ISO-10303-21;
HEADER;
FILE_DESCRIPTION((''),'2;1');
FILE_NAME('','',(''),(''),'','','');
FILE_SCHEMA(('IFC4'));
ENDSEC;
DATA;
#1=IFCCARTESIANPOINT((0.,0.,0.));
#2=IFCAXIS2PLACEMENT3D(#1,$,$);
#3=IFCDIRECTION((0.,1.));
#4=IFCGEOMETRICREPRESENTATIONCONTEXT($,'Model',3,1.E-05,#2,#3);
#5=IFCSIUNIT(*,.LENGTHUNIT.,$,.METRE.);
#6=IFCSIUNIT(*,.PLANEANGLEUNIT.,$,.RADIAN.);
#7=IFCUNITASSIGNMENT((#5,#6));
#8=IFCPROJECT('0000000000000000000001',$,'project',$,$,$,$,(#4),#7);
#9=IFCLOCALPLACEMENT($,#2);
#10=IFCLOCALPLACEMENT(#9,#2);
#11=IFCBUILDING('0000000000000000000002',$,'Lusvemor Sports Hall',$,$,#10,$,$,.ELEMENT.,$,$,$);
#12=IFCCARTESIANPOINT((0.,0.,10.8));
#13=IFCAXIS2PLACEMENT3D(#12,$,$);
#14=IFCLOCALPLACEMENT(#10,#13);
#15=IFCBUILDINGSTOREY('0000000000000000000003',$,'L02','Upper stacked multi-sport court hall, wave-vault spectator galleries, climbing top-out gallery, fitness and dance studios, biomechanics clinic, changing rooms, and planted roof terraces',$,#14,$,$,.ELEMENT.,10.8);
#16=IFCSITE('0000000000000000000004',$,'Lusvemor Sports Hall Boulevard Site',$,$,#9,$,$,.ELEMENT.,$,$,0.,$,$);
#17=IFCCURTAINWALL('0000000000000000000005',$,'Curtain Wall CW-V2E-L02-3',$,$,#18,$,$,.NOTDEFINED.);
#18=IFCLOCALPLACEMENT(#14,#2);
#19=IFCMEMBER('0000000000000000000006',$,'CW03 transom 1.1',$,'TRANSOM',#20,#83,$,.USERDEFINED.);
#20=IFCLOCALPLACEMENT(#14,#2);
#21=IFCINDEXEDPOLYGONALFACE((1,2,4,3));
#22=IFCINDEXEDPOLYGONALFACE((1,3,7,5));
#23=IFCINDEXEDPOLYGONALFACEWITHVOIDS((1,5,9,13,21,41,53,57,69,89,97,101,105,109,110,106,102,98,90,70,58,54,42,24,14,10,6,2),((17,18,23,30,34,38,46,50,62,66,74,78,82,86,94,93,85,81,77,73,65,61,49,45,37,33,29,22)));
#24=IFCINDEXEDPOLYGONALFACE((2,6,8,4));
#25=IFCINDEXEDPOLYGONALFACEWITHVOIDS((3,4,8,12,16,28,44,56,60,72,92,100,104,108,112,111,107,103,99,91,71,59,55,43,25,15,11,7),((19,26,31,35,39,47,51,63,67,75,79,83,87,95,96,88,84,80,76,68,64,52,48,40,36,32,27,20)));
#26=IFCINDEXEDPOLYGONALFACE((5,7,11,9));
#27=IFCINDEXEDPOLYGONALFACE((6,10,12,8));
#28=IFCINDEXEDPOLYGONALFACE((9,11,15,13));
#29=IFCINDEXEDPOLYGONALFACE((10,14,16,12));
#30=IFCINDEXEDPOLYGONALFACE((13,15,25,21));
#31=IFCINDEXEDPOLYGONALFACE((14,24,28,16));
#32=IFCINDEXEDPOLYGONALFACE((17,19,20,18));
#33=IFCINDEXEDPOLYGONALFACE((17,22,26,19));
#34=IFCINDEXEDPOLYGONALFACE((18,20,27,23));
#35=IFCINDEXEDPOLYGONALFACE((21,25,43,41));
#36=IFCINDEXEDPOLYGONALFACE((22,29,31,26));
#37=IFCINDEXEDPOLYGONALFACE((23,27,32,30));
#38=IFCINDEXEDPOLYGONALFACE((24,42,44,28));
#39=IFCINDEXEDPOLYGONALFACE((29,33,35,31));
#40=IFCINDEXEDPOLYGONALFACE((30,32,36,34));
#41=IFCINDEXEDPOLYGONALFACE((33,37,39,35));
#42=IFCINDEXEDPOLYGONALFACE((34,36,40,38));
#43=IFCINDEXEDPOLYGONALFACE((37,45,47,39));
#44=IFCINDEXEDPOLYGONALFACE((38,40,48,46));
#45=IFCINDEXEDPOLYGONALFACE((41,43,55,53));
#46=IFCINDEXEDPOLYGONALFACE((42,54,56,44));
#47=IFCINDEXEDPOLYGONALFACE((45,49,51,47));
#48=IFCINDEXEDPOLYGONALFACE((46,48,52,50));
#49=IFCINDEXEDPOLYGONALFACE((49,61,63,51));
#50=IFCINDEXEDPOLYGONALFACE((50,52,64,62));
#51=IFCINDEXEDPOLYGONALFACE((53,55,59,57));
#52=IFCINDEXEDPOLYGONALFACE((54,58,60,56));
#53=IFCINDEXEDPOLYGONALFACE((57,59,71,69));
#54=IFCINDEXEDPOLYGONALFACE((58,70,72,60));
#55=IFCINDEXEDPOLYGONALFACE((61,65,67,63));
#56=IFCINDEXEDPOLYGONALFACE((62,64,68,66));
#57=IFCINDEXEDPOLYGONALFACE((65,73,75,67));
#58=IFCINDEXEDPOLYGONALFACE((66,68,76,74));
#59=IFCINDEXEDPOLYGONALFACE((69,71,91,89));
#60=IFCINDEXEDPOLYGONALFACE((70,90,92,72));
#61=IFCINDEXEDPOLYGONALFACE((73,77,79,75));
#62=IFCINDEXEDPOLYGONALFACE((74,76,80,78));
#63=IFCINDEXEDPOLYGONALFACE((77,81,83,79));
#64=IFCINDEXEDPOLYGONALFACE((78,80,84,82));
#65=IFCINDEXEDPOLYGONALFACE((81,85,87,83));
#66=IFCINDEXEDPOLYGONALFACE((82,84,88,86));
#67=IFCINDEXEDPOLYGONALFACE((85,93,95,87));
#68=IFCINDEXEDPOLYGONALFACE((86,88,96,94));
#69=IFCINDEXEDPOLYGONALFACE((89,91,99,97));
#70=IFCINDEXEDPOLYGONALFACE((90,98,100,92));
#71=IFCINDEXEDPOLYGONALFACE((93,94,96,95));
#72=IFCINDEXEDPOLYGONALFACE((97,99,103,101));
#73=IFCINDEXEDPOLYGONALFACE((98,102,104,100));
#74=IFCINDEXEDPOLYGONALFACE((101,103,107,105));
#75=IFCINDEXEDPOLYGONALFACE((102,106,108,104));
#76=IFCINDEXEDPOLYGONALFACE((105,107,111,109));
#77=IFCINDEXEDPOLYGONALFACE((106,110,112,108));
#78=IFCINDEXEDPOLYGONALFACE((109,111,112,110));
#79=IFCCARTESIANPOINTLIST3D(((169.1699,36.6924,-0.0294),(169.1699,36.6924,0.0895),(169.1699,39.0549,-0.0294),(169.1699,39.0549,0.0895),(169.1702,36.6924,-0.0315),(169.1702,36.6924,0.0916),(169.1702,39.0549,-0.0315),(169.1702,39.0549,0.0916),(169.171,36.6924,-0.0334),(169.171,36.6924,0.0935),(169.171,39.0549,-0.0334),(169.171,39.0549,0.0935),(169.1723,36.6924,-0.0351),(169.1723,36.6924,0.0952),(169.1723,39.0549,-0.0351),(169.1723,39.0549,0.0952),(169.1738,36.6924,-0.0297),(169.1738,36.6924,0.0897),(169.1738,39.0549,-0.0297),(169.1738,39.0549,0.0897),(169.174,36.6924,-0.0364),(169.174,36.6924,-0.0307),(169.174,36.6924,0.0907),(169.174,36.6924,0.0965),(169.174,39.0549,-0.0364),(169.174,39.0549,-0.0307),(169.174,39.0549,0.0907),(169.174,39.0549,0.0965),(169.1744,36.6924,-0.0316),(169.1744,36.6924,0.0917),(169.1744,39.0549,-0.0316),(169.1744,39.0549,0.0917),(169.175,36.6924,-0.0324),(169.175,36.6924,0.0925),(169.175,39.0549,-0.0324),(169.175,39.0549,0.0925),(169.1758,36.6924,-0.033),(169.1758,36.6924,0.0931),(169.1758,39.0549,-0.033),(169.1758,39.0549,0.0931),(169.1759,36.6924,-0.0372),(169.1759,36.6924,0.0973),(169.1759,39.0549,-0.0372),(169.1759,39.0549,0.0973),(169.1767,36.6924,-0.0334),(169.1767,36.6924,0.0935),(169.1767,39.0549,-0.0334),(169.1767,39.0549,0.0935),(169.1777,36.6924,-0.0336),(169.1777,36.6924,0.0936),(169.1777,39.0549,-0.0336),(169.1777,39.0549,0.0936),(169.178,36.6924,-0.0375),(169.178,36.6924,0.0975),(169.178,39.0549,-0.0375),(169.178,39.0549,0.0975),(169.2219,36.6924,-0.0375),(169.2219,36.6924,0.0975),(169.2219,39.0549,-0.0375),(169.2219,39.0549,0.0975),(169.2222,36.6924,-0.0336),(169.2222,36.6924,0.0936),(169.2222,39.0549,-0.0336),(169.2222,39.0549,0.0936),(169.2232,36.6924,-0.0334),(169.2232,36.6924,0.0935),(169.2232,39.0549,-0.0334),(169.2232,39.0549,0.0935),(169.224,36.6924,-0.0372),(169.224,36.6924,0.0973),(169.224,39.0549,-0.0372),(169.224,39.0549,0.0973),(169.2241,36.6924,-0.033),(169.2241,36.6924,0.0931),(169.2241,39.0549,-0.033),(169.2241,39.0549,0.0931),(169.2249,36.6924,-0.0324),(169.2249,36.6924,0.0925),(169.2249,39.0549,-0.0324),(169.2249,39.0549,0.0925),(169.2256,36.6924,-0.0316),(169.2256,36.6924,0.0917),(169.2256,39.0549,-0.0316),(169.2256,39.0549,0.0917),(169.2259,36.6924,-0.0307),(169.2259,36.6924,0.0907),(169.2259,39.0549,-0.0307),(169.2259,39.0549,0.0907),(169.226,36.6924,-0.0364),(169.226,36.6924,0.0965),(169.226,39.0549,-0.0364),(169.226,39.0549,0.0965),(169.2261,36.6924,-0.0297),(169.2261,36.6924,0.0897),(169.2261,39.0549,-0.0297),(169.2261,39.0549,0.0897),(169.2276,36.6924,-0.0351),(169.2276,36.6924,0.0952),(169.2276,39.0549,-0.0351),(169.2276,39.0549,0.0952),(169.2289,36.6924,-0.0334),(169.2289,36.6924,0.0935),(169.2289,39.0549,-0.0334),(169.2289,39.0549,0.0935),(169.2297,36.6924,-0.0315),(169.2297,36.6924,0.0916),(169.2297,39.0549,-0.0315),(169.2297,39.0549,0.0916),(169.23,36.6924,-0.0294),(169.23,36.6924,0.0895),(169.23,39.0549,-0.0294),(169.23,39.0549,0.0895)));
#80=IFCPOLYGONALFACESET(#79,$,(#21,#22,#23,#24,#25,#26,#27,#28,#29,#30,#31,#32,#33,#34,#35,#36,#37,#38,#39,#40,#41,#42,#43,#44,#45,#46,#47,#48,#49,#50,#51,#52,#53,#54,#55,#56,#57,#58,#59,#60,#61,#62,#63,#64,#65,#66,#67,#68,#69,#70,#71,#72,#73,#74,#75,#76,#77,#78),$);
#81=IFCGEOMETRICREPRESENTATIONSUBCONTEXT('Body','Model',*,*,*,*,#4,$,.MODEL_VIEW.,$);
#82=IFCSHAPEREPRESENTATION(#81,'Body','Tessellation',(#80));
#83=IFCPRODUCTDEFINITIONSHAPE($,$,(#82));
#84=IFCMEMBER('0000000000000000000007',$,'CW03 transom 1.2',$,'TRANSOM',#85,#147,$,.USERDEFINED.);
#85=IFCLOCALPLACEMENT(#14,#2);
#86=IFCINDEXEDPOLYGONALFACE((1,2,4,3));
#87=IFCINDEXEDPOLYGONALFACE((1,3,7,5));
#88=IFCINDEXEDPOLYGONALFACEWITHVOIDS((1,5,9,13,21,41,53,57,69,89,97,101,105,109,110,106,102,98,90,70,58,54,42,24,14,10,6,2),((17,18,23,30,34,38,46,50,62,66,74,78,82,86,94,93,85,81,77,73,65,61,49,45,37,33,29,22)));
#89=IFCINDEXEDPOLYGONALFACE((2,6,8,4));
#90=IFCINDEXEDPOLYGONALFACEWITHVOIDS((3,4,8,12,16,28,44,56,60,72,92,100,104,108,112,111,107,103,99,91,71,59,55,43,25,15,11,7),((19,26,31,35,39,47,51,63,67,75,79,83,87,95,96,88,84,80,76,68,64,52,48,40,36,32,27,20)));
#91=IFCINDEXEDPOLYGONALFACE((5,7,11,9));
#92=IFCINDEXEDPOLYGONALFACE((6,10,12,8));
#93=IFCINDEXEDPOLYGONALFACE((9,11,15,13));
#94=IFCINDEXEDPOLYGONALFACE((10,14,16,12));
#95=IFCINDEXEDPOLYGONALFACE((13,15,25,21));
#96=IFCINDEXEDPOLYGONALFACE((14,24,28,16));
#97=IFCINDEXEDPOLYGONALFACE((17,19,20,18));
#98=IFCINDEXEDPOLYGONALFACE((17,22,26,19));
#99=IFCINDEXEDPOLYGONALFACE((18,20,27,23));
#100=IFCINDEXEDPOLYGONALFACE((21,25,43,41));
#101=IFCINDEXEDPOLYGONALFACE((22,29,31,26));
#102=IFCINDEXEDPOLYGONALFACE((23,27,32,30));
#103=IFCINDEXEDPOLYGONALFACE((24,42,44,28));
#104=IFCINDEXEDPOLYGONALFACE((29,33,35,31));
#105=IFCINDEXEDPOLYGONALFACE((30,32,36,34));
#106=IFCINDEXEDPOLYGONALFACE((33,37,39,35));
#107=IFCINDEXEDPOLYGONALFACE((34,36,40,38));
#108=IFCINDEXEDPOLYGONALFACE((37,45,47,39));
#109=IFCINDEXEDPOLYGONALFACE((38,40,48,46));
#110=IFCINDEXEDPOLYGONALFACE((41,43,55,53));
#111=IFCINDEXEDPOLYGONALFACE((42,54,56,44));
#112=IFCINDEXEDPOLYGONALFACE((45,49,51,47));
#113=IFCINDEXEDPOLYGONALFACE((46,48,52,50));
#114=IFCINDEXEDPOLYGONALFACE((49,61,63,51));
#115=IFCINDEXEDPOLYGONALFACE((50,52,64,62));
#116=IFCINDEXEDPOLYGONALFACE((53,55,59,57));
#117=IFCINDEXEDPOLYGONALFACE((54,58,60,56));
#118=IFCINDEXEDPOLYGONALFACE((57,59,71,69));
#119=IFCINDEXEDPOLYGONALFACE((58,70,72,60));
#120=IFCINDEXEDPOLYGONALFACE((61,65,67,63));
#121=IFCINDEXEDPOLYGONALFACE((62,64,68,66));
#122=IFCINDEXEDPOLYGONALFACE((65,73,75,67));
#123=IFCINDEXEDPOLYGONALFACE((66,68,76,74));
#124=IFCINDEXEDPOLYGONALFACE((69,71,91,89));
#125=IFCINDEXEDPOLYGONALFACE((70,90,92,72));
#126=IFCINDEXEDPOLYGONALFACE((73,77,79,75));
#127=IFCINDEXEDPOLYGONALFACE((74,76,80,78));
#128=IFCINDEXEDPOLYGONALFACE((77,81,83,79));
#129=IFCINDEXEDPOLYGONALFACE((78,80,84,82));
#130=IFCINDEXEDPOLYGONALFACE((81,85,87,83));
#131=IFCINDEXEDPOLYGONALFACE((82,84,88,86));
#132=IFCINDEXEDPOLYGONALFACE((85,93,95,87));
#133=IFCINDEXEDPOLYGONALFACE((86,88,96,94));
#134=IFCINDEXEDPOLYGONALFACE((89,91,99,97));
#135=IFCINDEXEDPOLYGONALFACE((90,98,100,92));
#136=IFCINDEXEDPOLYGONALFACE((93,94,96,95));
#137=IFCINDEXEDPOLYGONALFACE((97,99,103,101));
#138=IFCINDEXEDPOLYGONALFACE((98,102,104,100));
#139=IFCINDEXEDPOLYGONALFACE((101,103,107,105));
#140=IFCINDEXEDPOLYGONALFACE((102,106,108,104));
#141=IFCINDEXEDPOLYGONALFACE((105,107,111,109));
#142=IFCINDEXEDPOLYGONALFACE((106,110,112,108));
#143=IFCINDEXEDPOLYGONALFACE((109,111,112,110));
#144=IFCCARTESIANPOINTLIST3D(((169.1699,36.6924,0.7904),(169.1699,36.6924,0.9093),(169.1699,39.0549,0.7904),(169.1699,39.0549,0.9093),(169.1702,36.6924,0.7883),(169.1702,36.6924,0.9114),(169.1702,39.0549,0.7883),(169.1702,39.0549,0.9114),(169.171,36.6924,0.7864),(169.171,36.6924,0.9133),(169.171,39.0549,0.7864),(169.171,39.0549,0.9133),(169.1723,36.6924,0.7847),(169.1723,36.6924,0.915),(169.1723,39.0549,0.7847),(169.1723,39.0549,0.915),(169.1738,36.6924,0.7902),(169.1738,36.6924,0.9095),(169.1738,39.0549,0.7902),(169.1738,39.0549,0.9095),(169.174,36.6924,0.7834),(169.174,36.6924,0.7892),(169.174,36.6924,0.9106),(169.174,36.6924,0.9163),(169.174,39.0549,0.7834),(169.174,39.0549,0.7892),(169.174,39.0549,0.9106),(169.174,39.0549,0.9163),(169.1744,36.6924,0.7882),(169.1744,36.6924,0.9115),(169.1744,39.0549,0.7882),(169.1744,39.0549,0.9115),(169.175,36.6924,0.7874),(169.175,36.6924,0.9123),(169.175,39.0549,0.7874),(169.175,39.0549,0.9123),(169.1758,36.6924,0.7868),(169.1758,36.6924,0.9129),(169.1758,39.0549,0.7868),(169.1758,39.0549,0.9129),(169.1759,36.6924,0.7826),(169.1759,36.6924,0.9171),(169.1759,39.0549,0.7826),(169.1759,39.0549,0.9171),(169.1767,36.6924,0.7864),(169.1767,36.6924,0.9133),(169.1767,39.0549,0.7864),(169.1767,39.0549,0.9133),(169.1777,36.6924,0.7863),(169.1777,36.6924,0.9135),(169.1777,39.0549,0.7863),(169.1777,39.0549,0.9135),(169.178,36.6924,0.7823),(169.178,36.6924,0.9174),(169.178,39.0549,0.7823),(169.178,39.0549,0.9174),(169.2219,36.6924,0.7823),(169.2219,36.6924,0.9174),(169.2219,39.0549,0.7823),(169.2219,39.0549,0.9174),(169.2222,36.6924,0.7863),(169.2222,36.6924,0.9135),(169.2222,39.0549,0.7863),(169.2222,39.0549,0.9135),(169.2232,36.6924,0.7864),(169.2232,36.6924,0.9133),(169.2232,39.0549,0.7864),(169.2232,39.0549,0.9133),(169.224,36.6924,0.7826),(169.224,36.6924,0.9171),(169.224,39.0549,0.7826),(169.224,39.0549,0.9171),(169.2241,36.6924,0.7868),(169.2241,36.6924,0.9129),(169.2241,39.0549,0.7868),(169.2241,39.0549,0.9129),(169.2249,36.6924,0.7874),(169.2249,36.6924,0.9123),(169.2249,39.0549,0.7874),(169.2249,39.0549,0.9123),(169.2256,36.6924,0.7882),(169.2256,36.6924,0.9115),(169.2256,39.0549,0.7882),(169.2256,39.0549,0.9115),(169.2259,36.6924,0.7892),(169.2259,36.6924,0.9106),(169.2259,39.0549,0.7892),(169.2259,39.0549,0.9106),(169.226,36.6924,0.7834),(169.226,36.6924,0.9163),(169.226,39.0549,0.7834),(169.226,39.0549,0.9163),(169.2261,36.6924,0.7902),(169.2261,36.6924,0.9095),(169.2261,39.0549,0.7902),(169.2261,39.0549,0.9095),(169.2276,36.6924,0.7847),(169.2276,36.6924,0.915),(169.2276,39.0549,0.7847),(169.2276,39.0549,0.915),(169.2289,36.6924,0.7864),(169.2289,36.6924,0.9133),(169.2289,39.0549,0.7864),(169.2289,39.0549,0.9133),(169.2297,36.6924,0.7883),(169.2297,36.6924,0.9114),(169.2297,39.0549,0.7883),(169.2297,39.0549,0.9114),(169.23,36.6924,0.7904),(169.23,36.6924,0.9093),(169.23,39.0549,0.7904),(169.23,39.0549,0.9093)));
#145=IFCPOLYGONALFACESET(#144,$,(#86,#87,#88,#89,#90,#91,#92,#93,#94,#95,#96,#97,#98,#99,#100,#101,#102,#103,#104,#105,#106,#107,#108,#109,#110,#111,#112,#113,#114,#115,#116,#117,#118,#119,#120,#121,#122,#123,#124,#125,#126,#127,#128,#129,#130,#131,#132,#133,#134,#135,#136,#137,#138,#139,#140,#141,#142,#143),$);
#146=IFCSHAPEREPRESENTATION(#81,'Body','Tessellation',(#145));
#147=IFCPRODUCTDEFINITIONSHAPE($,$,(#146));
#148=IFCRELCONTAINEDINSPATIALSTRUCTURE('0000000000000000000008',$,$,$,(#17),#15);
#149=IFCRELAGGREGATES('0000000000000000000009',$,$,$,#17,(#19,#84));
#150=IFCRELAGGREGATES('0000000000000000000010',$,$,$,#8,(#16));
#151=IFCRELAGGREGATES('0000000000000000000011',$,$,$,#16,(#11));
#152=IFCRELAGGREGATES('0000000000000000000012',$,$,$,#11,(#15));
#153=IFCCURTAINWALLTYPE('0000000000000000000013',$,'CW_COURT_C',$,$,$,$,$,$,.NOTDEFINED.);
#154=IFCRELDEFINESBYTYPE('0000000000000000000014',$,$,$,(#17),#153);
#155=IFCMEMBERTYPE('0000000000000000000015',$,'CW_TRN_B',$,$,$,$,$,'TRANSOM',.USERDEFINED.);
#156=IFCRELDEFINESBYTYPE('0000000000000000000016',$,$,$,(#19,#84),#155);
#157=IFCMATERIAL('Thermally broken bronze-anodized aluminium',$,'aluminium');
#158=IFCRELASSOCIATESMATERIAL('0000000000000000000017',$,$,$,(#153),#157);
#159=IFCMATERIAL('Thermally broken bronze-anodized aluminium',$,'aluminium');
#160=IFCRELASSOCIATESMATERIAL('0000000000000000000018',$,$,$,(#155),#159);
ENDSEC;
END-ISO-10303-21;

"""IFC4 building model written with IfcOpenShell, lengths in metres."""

from ifc_helpers import new_model, si_unit, direction, frame, origin, origin_2d, place, context, subcontext, project, spatial, hollow_rectangle, extrude, material, material_profile, profile_set, type_object, element, aggregate, save


model = new_model("IFC4")

# Units and contexts
model_context = context("Model", 3, precision=1e-05, world=origin(), true_north=direction((0.0, 1.0)))
body_context = subcontext(model_context, "Body", "Model", "MODEL_VIEW")
ifc_project = project(units=[si_unit("LENGTHUNIT", "METRE"), si_unit("PLANEANGLEUNIT", "RADIAN")], contexts=[model_context])

# Site, building, storey
site_placement = place(None, origin())
site = spatial("IfcSite", under=ifc_project, at=site_placement, Name="Lusvemor Sports Hall Boulevard Site", CompositionType="ELEMENT", RefElevation=0.0)
building_placement = place(site_placement, origin())
building = spatial("IfcBuilding", under=site, at=building_placement, Name="Lusvemor Sports Hall", CompositionType="ELEMENT")
storey_placement = place(building_placement, frame((0.0, 0.0, 10.8)))
storey = spatial("IfcBuildingStorey", under=building, at=storey_placement, Name="L02", Description="Upper stacked multi-sport court hall, wave-vault spectator galleries, climbing top-out gallery, fitness and dance studios, biomechanics clinic, changing rooms, and planted roof terraces", CompositionType="ELEMENT", Elevation=10.8)

# Curtain wall
ifc_material_1 = material(Name="Thermally broken bronze-anodized aluminium", Category="aluminium")
curtain_wall_type_1 = type_object("IfcCurtainWallType", Name="CW_COURT_C", PredefinedType="NOTDEFINED", material=ifc_material_1)
curtain_wall_1_placement = place(storey_placement, origin())
curtain_wall_1 = element("IfcCurtainWall", 1, at=curtain_wall_1_placement, inside=storey, type_object=curtain_wall_type_1, Name="Curtain Wall CW-V2E-L02-3", PredefinedType="NOTDEFINED")

# Members
ifc_material_2 = material(Name="Thermally broken bronze-anodized aluminium", Category="aluminium")
ifc_material_profile_1 = material_profile(ifc_material_2, hollow_rectangle(XDim=0.0601, YDim=0.135, WallThickness=0.0039, InnerFilletRadius=0.0039, OuterFilletRadius=0.0081, at=origin_2d()), Name="CWTRN135x60x4")
ifc_profile_set_1 = profile_set([ifc_material_profile_1], Name="Thermally broken bronze-anodized aluminium")
member_type_1 = type_object("IfcMemberType", Name="CW_TRN_B", ElementType="TRANSOM", PredefinedType="USERDEFINED", material=ifc_profile_set_1)
member_1_placement = place(storey_placement, frame((169.2, 39.0549, 0.03), z_axis=(0.0, -1.0, 0.0), x_axis=(1.0, 0.0, 0.0)))
member_1 = element("IfcMember", 2, at=member_1_placement, type_object=member_type_1, Name="CW03 transom 1.1", ObjectType="TRANSOM", PredefinedType="USERDEFINED", context=body_context, shape_type="SweptSolid", body=[
    extrude(hollow_rectangle(XDim=0.0601, YDim=0.135, WallThickness=0.0039, InnerFilletRadius=0.0039, OuterFilletRadius=0.0081, at=origin_2d()), origin(), (0.0, 0.0, 1.0), 2.3625),
])
member_2_placement = place(storey_placement, frame((169.2, 39.0549, 0.8499), z_axis=(0.0, -1.0, 0.0), x_axis=(1.0, 0.0, 0.0)))
member_2 = element("IfcMember", 3, at=member_2_placement, type_object=member_type_1, Name="CW03 transom 1.2", ObjectType="TRANSOM", PredefinedType="USERDEFINED", context=body_context, shape_type="SweptSolid", body=[
    extrude(hollow_rectangle(XDim=0.0601, YDim=0.135, WallThickness=0.0039, InnerFilletRadius=0.0039, OuterFilletRadius=0.0081, at=origin_2d()), origin(), (0.0, 0.0, 1.0), 2.3625),
])

aggregate(curtain_wall_1, [member_1, member_2])

save(model, "model.ifc")
